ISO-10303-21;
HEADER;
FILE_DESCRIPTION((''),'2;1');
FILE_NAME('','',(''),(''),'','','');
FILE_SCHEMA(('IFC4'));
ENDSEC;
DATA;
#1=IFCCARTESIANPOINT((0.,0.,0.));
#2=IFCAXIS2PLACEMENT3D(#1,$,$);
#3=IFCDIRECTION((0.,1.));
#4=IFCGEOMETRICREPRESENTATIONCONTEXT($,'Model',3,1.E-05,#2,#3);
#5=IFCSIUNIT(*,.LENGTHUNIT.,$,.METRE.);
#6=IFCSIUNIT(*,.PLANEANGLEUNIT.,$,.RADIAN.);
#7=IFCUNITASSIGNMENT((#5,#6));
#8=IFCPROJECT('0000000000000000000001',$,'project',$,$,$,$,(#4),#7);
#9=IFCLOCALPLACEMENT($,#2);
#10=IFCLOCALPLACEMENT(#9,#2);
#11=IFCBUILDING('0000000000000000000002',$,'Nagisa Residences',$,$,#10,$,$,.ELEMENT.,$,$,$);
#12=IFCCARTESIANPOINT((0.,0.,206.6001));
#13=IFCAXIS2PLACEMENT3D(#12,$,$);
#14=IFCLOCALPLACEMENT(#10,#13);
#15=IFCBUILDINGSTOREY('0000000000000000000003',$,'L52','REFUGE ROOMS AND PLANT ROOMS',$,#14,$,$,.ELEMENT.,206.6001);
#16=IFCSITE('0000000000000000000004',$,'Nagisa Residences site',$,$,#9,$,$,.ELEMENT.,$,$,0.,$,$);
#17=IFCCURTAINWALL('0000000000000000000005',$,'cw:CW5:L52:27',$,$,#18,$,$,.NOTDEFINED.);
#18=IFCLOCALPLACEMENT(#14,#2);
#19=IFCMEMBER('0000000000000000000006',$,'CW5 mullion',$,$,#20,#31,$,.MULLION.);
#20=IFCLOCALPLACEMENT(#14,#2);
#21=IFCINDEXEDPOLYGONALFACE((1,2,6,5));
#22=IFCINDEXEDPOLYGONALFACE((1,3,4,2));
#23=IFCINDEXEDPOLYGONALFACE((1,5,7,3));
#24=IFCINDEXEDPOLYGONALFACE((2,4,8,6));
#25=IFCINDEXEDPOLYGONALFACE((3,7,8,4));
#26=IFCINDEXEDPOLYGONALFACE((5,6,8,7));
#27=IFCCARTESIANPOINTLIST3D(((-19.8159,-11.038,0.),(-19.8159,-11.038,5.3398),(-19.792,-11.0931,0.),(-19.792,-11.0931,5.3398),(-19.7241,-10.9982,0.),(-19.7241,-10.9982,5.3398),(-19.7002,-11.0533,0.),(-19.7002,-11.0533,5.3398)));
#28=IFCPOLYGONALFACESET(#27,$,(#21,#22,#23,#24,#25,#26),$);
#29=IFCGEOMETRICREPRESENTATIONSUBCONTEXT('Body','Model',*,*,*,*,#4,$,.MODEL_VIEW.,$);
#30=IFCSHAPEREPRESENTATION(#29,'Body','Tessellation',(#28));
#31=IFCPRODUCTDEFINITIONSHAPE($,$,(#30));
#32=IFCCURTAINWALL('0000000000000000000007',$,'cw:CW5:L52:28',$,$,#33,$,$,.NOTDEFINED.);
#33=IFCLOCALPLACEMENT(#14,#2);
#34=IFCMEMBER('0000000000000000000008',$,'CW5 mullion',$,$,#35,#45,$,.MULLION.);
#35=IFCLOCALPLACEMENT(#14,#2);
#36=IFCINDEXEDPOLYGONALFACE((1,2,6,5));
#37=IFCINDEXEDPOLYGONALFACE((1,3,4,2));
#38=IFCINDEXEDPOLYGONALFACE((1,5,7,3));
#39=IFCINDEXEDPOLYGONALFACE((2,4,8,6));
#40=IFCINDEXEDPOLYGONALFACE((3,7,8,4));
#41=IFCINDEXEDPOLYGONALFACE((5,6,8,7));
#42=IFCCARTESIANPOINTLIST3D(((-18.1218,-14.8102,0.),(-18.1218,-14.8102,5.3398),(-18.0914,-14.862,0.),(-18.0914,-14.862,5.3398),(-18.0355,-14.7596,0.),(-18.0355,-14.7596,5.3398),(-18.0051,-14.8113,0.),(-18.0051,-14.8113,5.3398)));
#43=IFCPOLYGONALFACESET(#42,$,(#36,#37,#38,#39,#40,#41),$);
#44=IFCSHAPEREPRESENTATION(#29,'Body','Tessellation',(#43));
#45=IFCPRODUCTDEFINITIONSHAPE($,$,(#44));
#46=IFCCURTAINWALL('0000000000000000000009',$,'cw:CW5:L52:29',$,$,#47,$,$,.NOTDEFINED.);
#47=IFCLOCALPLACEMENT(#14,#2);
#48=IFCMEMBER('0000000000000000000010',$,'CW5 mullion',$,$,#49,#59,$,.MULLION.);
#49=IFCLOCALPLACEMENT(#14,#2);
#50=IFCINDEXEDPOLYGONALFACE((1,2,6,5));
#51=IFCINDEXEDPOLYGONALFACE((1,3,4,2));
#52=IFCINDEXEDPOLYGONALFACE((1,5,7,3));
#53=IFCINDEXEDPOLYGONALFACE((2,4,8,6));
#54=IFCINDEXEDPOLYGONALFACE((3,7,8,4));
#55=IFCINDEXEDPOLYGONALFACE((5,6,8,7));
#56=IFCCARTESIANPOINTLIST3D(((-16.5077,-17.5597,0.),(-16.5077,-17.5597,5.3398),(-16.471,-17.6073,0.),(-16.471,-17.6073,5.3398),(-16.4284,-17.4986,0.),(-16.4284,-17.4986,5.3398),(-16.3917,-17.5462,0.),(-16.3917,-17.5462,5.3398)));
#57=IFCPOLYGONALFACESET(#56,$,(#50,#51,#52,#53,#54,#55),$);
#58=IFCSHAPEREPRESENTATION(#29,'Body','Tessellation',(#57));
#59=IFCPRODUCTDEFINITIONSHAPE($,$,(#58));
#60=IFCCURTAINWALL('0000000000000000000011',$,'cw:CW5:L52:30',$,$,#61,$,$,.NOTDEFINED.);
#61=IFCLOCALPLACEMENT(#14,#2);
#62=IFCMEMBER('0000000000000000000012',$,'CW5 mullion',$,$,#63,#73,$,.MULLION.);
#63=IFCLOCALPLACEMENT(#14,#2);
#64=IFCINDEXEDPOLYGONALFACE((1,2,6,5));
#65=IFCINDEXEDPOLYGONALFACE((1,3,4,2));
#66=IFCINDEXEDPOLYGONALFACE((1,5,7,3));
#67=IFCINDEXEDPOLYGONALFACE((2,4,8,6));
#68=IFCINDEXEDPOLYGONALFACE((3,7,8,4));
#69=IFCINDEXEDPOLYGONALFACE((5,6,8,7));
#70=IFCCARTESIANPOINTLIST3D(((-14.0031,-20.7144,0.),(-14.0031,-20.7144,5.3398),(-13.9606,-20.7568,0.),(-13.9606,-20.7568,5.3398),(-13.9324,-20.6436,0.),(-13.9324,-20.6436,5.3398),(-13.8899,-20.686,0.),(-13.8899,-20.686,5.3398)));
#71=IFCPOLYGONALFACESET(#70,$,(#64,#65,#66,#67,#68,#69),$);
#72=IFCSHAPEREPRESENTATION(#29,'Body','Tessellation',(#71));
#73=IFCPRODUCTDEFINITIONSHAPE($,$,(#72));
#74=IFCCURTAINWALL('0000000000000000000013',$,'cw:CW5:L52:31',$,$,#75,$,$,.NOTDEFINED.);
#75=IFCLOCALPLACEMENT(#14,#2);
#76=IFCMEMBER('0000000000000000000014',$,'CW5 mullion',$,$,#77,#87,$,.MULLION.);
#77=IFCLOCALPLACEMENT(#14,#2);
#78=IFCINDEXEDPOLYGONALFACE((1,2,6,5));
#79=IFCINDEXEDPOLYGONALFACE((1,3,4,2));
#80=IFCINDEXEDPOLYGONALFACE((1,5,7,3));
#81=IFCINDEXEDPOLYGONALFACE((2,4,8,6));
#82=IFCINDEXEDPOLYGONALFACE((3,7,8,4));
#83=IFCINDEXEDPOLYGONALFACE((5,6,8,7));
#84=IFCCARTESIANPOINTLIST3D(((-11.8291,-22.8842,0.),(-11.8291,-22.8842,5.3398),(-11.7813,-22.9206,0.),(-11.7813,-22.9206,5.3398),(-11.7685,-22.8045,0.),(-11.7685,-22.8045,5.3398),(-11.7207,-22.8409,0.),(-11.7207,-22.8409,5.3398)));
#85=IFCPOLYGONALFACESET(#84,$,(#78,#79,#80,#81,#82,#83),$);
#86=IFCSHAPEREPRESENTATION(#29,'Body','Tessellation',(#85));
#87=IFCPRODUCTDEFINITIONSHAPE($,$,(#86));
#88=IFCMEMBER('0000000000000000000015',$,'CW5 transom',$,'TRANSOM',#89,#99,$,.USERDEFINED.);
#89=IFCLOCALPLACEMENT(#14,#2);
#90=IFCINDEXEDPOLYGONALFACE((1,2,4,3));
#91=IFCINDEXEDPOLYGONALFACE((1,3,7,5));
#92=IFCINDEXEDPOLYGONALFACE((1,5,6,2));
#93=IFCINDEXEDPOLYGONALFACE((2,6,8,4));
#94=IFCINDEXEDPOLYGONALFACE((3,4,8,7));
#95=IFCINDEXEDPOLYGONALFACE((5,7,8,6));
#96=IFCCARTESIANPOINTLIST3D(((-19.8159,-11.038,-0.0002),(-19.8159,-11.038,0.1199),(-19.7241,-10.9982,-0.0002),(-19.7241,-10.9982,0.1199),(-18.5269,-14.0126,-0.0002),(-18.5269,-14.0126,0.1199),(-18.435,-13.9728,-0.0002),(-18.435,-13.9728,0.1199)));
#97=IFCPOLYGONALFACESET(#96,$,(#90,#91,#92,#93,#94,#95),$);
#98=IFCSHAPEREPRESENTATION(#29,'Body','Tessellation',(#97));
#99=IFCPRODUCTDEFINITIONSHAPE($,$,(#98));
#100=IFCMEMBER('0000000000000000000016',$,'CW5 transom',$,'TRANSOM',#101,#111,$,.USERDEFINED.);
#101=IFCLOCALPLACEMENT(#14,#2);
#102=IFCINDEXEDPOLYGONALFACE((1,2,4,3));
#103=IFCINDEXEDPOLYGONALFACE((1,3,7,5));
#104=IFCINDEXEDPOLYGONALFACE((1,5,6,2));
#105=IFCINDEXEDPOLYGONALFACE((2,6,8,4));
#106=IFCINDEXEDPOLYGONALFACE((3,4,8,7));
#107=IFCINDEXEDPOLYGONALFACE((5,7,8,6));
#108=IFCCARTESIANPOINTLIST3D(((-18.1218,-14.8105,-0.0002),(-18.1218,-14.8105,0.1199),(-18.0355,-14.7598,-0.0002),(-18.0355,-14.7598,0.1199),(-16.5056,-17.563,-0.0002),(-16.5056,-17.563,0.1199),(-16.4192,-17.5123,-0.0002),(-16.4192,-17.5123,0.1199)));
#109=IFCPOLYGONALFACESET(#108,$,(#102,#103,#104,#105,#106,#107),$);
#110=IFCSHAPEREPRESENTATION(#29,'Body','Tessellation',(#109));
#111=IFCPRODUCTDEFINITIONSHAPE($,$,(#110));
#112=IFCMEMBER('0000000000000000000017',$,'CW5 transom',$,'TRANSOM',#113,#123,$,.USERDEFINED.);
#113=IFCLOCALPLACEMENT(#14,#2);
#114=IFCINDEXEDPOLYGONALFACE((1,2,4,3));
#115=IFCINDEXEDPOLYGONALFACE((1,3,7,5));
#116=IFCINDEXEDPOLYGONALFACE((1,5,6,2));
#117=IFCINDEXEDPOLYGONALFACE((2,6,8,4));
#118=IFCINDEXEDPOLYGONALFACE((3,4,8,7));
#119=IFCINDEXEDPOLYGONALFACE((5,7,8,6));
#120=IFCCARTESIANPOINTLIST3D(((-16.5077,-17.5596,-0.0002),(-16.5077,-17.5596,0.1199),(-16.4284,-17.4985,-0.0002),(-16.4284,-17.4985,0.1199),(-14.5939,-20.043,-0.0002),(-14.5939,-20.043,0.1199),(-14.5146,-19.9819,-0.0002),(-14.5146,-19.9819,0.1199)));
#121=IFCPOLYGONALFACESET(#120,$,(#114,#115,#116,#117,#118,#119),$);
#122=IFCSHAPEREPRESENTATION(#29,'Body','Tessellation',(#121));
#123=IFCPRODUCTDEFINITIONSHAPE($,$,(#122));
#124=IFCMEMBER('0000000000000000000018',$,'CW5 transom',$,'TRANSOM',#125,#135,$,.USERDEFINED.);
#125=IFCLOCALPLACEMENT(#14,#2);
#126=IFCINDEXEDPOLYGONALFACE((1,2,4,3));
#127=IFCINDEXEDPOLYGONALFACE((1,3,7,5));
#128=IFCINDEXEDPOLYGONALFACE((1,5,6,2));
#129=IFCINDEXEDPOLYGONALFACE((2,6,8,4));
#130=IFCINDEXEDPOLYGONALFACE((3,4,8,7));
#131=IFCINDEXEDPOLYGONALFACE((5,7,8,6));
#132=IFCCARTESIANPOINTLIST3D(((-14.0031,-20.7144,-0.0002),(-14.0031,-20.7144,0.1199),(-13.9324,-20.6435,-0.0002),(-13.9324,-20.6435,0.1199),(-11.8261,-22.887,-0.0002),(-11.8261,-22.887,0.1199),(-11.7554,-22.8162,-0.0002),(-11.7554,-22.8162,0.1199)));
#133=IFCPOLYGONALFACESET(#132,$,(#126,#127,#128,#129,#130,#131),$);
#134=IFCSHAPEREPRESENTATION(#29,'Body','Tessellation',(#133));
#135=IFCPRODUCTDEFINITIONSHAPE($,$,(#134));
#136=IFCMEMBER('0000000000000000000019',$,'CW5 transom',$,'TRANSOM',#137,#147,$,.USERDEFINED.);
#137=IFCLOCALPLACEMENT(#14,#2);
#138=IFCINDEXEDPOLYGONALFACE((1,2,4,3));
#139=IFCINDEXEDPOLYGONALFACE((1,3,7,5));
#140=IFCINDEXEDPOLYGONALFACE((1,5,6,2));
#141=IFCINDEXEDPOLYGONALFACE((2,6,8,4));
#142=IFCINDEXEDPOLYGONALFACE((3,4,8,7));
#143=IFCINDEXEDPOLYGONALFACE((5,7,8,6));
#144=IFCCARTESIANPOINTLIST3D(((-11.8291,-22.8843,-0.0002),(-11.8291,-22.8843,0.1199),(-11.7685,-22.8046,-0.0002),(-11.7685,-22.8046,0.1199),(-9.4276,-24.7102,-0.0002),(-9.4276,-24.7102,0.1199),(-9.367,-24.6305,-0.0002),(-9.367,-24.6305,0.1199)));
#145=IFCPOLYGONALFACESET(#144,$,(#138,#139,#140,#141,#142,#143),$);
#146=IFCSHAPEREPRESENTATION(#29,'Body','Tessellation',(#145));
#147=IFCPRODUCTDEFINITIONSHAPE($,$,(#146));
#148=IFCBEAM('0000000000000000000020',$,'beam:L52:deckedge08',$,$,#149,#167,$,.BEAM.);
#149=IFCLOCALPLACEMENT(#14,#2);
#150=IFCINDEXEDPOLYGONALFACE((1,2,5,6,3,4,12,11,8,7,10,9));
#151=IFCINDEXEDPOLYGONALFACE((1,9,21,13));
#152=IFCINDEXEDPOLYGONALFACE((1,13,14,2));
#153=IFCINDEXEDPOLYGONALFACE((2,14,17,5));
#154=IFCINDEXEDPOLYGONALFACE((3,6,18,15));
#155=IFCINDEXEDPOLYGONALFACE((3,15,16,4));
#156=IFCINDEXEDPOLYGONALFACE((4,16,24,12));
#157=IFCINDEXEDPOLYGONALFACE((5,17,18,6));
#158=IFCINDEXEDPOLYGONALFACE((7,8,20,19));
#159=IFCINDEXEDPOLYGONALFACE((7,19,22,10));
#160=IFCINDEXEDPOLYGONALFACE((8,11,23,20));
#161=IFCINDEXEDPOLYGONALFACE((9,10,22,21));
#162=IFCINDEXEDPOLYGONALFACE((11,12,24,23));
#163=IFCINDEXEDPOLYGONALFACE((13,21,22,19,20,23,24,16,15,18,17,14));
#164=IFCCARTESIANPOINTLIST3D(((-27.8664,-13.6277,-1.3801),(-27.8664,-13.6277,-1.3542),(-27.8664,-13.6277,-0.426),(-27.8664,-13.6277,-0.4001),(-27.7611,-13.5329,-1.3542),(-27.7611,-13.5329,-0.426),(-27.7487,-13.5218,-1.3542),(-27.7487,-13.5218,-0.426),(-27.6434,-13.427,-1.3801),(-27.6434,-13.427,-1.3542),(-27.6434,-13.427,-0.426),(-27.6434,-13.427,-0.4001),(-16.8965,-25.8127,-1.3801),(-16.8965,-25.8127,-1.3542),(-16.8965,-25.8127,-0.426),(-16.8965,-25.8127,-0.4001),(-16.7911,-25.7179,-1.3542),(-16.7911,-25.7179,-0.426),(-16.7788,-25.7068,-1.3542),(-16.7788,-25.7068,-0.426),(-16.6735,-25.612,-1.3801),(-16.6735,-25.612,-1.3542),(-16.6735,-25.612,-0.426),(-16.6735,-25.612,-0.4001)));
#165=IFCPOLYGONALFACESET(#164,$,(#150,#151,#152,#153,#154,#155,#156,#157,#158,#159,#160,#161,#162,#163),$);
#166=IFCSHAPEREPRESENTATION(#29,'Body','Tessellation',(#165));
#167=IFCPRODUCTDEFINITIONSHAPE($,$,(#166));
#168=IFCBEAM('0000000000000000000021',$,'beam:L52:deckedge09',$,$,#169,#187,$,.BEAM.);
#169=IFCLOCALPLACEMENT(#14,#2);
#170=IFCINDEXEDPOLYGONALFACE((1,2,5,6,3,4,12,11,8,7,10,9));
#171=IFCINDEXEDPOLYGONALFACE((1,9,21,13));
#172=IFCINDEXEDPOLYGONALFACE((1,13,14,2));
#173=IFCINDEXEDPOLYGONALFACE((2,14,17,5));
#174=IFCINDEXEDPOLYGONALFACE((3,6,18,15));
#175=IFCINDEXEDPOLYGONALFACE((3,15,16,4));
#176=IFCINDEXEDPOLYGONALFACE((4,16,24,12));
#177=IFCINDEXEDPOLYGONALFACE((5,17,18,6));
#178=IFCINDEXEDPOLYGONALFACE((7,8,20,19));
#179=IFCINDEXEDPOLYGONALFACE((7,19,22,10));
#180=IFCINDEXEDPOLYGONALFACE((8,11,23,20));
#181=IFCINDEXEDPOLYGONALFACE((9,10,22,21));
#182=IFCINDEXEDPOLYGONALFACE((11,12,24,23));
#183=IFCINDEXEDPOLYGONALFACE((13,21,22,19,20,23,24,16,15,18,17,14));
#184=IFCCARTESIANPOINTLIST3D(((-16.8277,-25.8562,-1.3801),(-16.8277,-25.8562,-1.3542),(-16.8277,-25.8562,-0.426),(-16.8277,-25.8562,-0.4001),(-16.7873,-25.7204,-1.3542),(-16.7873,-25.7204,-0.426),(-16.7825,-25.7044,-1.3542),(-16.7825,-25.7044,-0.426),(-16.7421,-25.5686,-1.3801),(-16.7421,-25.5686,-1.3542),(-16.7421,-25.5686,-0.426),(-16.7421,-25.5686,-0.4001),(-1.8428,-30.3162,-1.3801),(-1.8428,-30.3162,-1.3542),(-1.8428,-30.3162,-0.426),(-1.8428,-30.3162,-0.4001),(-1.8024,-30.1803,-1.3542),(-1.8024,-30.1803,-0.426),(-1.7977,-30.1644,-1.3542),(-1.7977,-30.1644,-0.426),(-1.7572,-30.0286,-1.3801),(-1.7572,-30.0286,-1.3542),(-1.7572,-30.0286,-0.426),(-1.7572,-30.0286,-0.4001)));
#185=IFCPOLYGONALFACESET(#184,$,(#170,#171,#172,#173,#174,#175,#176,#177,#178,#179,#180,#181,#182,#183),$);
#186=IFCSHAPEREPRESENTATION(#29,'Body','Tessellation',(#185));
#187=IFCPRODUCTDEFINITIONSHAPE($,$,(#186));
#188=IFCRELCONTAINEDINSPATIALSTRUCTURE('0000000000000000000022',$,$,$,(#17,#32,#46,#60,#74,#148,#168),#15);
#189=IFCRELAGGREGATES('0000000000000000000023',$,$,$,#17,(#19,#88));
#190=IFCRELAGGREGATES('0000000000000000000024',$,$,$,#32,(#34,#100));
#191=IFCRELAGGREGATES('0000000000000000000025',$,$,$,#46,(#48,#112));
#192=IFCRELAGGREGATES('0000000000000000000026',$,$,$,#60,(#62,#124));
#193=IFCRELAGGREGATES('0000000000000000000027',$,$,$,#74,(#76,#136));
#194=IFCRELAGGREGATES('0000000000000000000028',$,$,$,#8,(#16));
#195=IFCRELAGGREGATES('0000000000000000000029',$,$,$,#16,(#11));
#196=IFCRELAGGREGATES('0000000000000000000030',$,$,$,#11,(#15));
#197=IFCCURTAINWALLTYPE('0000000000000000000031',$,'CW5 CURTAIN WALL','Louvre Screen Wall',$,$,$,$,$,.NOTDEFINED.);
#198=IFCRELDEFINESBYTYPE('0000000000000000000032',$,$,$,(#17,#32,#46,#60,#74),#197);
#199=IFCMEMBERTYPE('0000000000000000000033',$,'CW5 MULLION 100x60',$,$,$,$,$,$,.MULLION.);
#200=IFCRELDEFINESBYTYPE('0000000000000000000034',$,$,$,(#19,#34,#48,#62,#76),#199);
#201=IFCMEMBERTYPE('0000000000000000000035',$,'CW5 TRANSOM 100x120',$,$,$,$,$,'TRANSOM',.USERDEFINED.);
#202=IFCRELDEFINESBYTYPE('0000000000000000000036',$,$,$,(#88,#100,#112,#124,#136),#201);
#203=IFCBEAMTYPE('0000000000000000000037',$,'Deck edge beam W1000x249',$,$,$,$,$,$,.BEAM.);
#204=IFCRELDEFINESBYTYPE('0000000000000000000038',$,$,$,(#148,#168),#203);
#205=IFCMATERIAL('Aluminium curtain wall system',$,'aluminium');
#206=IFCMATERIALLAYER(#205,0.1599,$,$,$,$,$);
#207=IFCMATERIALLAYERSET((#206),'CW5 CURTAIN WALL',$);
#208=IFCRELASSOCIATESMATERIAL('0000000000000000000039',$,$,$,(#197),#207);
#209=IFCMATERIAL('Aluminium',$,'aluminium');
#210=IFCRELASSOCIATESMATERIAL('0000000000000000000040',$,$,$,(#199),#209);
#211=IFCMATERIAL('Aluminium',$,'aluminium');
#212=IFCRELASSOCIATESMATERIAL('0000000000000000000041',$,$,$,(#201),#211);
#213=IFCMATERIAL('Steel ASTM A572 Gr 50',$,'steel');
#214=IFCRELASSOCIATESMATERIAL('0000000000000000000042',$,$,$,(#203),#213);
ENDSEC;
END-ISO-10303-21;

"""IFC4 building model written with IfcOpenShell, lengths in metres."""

from ifc_helpers import new_model, si_unit, direction, frame, origin, origin_2d, place, context, subcontext, project, spatial, rectangle, i_section, extrude, material, layer, layer_set, material_profile, profile_set, type_object, element, aggregate, save


model = new_model("IFC4")

# Units and contexts
model_context = context("Model", 3, precision=1e-05, world=origin(), true_north=direction((0.0, 1.0)))
body_context = subcontext(model_context, "Body", "Model", "MODEL_VIEW")
ifc_project = project(units=[si_unit("LENGTHUNIT", "METRE"), si_unit("PLANEANGLEUNIT", "RADIAN")], contexts=[model_context])

# Site, building, storey
site_placement = place(None, origin())
site = spatial("IfcSite", under=ifc_project, at=site_placement, Name="Nagisa Residences site", CompositionType="ELEMENT", RefElevation=0.0)
building_placement = place(site_placement, origin())
building = spatial("IfcBuilding", under=site, at=building_placement, Name="Nagisa Residences", CompositionType="ELEMENT")
storey_placement = place(building_placement, frame((0.0, 0.0, 206.6001)))
storey = spatial("IfcBuildingStorey", under=building, at=storey_placement, Name="L52", Description="REFUGE ROOMS AND PLANT ROOMS", CompositionType="ELEMENT", Elevation=206.6001)

# Curtain walls, members
ifc_material_1 = material(Name="Aluminium curtain wall system", Category="aluminium")
ifc_layer_1 = layer(ifc_material_1, 0.1599)
ifc_layer_set_1 = layer_set([ifc_layer_1], Name="CW5 CURTAIN WALL")
curtain_wall_type = type_object("IfcCurtainWallType", Name="CW5 CURTAIN WALL", Description="Louvre Screen Wall", PredefinedType="NOTDEFINED", material=ifc_layer_set_1)
curtain_wall_1_placement = place(storey_placement, origin())
curtain_wall_1 = element("IfcCurtainWall", 1, at=curtain_wall_1_placement, inside=storey, type_object=curtain_wall_type, Name="cw:CW5:L52:27", PredefinedType="NOTDEFINED")
ifc_material_2 = material(Name="Aluminium", Category="aluminium")
ifc_material_profile_1 = material_profile(ifc_material_2, rectangle(XDim=0.1001, YDim=0.0601, at=origin_2d()), Name="CW5 MULLION 100x60")
ifc_profile_set_1 = profile_set([ifc_material_profile_1], Name="Aluminium")
member_type_1 = type_object("IfcMemberType", Name="CW5 MULLION 100x60", PredefinedType="MULLION", material=ifc_profile_set_1)
member_1_placement = place(storey_placement, frame((-19.7581, -11.0457, 0.0), z_axis=(0.0, 0.0, 1.0), x_axis=(0.917543, 0.397636, 0.0)))
member_1 = element("IfcMember", 2, at=member_1_placement, type_object=member_type_1, Name="CW5 mullion", PredefinedType="MULLION", context=body_context, shape_type="SweptSolid", body=[
    extrude(rectangle(XDim=0.1001, YDim=0.0601, at=origin_2d()), origin(), (0.0, 0.0, 1.0), 5.3398),
])
curtain_wall_2_placement = place(storey_placement, origin())
curtain_wall_2 = element("IfcCurtainWall", 3, at=curtain_wall_2_placement, inside=storey, type_object=curtain_wall_type, Name="cw:CW5:L52:28", PredefinedType="NOTDEFINED")
member_2_placement = place(storey_placement, frame((-18.0635, -14.8108, 0.0), z_axis=(0.0, 0.0, 1.0), x_axis=(0.862329, 0.506349, 0.0)))
member_2 = element("IfcMember", 4, at=member_2_placement, type_object=member_type_1, Name="CW5 mullion", PredefinedType="MULLION", context=body_context, shape_type="SweptSolid", body=[
    extrude(rectangle(XDim=0.1001, YDim=0.0601, at=origin_2d()), origin(), (0.0, 0.0, 1.0), 5.3398),
])
curtain_wall_3_placement = place(storey_placement, origin())
curtain_wall_3 = element("IfcCurtainWall", 5, at=curtain_wall_3_placement, inside=storey, type_object=curtain_wall_type, Name="cw:CW5:L52:29", PredefinedType="NOTDEFINED")
member_3_placement = place(storey_placement, frame((-16.4497, -17.553, 0.0), z_axis=(0.0, 0.0, 1.0), x_axis=(0.79207, 0.61043, 0.0)))
member_3 = element("IfcMember", 6, at=member_3_placement, type_object=member_type_1, Name="CW5 mullion", PredefinedType="MULLION", context=body_context, shape_type="SweptSolid", body=[
    extrude(rectangle(XDim=0.1001, YDim=0.0601, at=origin_2d()), origin(), (0.0, 0.0, 1.0), 5.3398),
])
curtain_wall_4_placement = place(storey_placement, origin())
curtain_wall_4 = element("IfcCurtainWall", 7, at=curtain_wall_4_placement, inside=storey, type_object=curtain_wall_type, Name="cw:CW5:L52:30", PredefinedType="NOTDEFINED")
member_4_placement = place(storey_placement, frame((-13.9465, -20.7002, 0.0), z_axis=(0.0, 0.0, 1.0), x_axis=(0.706377, 0.707836, 0.0)))
member_4 = element("IfcMember", 8, at=member_4_placement, type_object=member_type_1, Name="CW5 mullion", PredefinedType="MULLION", context=body_context, shape_type="SweptSolid", body=[
    extrude(rectangle(XDim=0.1001, YDim=0.0601, at=origin_2d()), origin(), (0.0, 0.0, 1.0), 5.3398),
])
curtain_wall_5_placement = place(storey_placement, origin())
curtain_wall_5 = element("IfcCurtainWall", 9, at=curtain_wall_5_placement, inside=storey, type_object=curtain_wall_type, Name="cw:CW5:L52:31", PredefinedType="NOTDEFINED")
member_5_placement = place(storey_placement, frame((-11.7749, -22.8625, 0.0), z_axis=(0.0, 0.0, 1.0), x_axis=(0.605255, 0.796031, 0.0)))
member_5 = element("IfcMember", 10, at=member_5_placement, type_object=member_type_1, Name="CW5 mullion", PredefinedType="MULLION", context=body_context, shape_type="SweptSolid", body=[
    extrude(rectangle(XDim=0.1001, YDim=0.0601, at=origin_2d()), origin(), (0.0, 0.0, 1.0), 5.3398),
])

# Members
ifc_material_3 = material(Name="Aluminium", Category="aluminium")
ifc_material_profile_2 = material_profile(ifc_material_3, rectangle(XDim=0.1001, YDim=0.1201, at=origin_2d()), Name="CW5 TRANSOM 100x120")
ifc_profile_set_2 = profile_set([ifc_material_profile_2], Name="Aluminium")
member_type_2 = type_object("IfcMemberType", Name="CW5 TRANSOM 100x120", ElementType="TRANSOM", PredefinedType="USERDEFINED", material=ifc_profile_set_2)
member_6_placement = place(storey_placement, frame((-19.77, -11.0181, 0.0598), z_axis=(0.397624, -0.917548, 0.0), x_axis=(0.917548, 0.397624, 0.0)))
member_6 = element("IfcMember", 11, at=member_6_placement, type_object=member_type_2, Name="CW5 transom", ObjectType="TRANSOM", PredefinedType="USERDEFINED", context=body_context, shape_type="SweptSolid", body=[
    extrude(rectangle(XDim=0.1001, YDim=0.1201, at=origin_2d()), origin(), (0.0, 0.0, 1.0), 3.2419),
])
aggregate(curtain_wall_1, [member_1, member_6])
member_7_placement = place(storey_placement, frame((-18.0786, -14.7852, 0.0598), z_axis=(0.506351, -0.862327, 0.0), x_axis=(0.862327, 0.506351, 0.0)))
member_7 = element("IfcMember", 12, at=member_7_placement, type_object=member_type_2, Name="CW5 transom", ObjectType="TRANSOM", PredefinedType="USERDEFINED", context=body_context, shape_type="SweptSolid", body=[
    extrude(rectangle(XDim=0.1001, YDim=0.1201, at=origin_2d()), origin(), (0.0, 0.0, 1.0), 3.1919),
])
aggregate(curtain_wall_2, [member_2, member_7])
member_8_placement = place(storey_placement, frame((-16.468, -17.5291, 0.0598), z_axis=(0.610414, -0.792082, 0.0), x_axis=(0.792082, 0.610414, 0.0)))
member_8 = element("IfcMember", 13, at=member_8_placement, type_object=member_type_2, Name="CW5 transom", ObjectType="TRANSOM", PredefinedType="USERDEFINED", context=body_context, shape_type="SweptSolid", body=[
    extrude(rectangle(XDim=0.1001, YDim=0.1201, at=origin_2d()), origin(), (0.0, 0.0, 1.0), 3.1353),
])
aggregate(curtain_wall_3, [member_3, member_8])
member_9_placement = place(storey_placement, frame((-13.9678, -20.679, 0.0598), z_axis=(0.707821, -0.706392, 0.0), x_axis=(0.706392, 0.707821, 0.0)))
member_9 = element("IfcMember", 14, at=member_9_placement, type_object=member_type_2, Name="CW5 transom", ObjectType="TRANSOM", PredefinedType="USERDEFINED", context=body_context, shape_type="SweptSolid", body=[
    extrude(rectangle(XDim=0.1001, YDim=0.1201, at=origin_2d()), origin(), (0.0, 0.0, 1.0), 3.0757),
])
aggregate(curtain_wall_4, [member_4, member_9])
member_10_placement = place(storey_placement, frame((-11.7988, -22.8445, 0.0598), z_axis=(0.79605, -0.605231, 0.0), x_axis=(0.605231, 0.79605, 0.0)))
member_10 = element("IfcMember", 15, at=member_10_placement, type_object=member_type_2, Name="CW5 transom", ObjectType="TRANSOM", PredefinedType="USERDEFINED", context=body_context, shape_type="SweptSolid", body=[
    extrude(rectangle(XDim=0.1001, YDim=0.1201, at=origin_2d()), origin(), (0.0, 0.0, 1.0), 3.0168),
])
aggregate(curtain_wall_5, [member_5, member_10])

# Beams
ifc_material_4 = material(Name="Steel ASTM A572 Gr 50", Category="steel")
ifc_material_profile_3 = material_profile(ifc_material_4, i_section(OverallWidth=0.3, OverallDepth=0.98, WebThickness=0.0166, FlangeThickness=0.0259, at=origin_2d()), Name="W1000x249")
ifc_profile_set_3 = profile_set([ifc_material_profile_3], Name="Steel ASTM A572 Gr 50")
beam_type_1 = type_object("IfcBeamType", Name="Deck edge beam W1000x249", PredefinedType="BEAM", material=ifc_profile_set_3)
beam_1_placement = place(storey_placement, frame((-27.7549, -13.5273, -0.8901), z_axis=(0.66908, -0.74319, 0.0), x_axis=(0.74319, 0.66908, 0.0)))
element("IfcBeam", 16, at=beam_1_placement, inside=storey, type_object=beam_type_1, Name="beam:L52:deckedge08", PredefinedType="BEAM", context=body_context, shape_type="SweptSolid", body=[
    extrude(i_section(OverallWidth=0.3, OverallDepth=0.98, WebThickness=0.0166, FlangeThickness=0.0259, at=origin_2d()), origin(), (0.0, 0.0, 1.0), 16.3955),
])
beam_2_placement = place(storey_placement, frame((-16.7849, -25.7124, -0.8901), z_axis=(0.958449, -0.285264, 0.0), x_axis=(0.285264, 0.958449, 0.0)))
element("IfcBeam", 17, at=beam_2_placement, inside=storey, type_object=beam_type_1, Name="beam:L52:deckedge09", PredefinedType="BEAM", context=body_context, shape_type="SweptSolid", body=[
    extrude(i_section(OverallWidth=0.3, OverallDepth=0.98, WebThickness=0.0166, FlangeThickness=0.0259, at=origin_2d()), origin(), (0.0, 0.0, 1.0), 15.6345),
])

save(model, "model.ifc")
